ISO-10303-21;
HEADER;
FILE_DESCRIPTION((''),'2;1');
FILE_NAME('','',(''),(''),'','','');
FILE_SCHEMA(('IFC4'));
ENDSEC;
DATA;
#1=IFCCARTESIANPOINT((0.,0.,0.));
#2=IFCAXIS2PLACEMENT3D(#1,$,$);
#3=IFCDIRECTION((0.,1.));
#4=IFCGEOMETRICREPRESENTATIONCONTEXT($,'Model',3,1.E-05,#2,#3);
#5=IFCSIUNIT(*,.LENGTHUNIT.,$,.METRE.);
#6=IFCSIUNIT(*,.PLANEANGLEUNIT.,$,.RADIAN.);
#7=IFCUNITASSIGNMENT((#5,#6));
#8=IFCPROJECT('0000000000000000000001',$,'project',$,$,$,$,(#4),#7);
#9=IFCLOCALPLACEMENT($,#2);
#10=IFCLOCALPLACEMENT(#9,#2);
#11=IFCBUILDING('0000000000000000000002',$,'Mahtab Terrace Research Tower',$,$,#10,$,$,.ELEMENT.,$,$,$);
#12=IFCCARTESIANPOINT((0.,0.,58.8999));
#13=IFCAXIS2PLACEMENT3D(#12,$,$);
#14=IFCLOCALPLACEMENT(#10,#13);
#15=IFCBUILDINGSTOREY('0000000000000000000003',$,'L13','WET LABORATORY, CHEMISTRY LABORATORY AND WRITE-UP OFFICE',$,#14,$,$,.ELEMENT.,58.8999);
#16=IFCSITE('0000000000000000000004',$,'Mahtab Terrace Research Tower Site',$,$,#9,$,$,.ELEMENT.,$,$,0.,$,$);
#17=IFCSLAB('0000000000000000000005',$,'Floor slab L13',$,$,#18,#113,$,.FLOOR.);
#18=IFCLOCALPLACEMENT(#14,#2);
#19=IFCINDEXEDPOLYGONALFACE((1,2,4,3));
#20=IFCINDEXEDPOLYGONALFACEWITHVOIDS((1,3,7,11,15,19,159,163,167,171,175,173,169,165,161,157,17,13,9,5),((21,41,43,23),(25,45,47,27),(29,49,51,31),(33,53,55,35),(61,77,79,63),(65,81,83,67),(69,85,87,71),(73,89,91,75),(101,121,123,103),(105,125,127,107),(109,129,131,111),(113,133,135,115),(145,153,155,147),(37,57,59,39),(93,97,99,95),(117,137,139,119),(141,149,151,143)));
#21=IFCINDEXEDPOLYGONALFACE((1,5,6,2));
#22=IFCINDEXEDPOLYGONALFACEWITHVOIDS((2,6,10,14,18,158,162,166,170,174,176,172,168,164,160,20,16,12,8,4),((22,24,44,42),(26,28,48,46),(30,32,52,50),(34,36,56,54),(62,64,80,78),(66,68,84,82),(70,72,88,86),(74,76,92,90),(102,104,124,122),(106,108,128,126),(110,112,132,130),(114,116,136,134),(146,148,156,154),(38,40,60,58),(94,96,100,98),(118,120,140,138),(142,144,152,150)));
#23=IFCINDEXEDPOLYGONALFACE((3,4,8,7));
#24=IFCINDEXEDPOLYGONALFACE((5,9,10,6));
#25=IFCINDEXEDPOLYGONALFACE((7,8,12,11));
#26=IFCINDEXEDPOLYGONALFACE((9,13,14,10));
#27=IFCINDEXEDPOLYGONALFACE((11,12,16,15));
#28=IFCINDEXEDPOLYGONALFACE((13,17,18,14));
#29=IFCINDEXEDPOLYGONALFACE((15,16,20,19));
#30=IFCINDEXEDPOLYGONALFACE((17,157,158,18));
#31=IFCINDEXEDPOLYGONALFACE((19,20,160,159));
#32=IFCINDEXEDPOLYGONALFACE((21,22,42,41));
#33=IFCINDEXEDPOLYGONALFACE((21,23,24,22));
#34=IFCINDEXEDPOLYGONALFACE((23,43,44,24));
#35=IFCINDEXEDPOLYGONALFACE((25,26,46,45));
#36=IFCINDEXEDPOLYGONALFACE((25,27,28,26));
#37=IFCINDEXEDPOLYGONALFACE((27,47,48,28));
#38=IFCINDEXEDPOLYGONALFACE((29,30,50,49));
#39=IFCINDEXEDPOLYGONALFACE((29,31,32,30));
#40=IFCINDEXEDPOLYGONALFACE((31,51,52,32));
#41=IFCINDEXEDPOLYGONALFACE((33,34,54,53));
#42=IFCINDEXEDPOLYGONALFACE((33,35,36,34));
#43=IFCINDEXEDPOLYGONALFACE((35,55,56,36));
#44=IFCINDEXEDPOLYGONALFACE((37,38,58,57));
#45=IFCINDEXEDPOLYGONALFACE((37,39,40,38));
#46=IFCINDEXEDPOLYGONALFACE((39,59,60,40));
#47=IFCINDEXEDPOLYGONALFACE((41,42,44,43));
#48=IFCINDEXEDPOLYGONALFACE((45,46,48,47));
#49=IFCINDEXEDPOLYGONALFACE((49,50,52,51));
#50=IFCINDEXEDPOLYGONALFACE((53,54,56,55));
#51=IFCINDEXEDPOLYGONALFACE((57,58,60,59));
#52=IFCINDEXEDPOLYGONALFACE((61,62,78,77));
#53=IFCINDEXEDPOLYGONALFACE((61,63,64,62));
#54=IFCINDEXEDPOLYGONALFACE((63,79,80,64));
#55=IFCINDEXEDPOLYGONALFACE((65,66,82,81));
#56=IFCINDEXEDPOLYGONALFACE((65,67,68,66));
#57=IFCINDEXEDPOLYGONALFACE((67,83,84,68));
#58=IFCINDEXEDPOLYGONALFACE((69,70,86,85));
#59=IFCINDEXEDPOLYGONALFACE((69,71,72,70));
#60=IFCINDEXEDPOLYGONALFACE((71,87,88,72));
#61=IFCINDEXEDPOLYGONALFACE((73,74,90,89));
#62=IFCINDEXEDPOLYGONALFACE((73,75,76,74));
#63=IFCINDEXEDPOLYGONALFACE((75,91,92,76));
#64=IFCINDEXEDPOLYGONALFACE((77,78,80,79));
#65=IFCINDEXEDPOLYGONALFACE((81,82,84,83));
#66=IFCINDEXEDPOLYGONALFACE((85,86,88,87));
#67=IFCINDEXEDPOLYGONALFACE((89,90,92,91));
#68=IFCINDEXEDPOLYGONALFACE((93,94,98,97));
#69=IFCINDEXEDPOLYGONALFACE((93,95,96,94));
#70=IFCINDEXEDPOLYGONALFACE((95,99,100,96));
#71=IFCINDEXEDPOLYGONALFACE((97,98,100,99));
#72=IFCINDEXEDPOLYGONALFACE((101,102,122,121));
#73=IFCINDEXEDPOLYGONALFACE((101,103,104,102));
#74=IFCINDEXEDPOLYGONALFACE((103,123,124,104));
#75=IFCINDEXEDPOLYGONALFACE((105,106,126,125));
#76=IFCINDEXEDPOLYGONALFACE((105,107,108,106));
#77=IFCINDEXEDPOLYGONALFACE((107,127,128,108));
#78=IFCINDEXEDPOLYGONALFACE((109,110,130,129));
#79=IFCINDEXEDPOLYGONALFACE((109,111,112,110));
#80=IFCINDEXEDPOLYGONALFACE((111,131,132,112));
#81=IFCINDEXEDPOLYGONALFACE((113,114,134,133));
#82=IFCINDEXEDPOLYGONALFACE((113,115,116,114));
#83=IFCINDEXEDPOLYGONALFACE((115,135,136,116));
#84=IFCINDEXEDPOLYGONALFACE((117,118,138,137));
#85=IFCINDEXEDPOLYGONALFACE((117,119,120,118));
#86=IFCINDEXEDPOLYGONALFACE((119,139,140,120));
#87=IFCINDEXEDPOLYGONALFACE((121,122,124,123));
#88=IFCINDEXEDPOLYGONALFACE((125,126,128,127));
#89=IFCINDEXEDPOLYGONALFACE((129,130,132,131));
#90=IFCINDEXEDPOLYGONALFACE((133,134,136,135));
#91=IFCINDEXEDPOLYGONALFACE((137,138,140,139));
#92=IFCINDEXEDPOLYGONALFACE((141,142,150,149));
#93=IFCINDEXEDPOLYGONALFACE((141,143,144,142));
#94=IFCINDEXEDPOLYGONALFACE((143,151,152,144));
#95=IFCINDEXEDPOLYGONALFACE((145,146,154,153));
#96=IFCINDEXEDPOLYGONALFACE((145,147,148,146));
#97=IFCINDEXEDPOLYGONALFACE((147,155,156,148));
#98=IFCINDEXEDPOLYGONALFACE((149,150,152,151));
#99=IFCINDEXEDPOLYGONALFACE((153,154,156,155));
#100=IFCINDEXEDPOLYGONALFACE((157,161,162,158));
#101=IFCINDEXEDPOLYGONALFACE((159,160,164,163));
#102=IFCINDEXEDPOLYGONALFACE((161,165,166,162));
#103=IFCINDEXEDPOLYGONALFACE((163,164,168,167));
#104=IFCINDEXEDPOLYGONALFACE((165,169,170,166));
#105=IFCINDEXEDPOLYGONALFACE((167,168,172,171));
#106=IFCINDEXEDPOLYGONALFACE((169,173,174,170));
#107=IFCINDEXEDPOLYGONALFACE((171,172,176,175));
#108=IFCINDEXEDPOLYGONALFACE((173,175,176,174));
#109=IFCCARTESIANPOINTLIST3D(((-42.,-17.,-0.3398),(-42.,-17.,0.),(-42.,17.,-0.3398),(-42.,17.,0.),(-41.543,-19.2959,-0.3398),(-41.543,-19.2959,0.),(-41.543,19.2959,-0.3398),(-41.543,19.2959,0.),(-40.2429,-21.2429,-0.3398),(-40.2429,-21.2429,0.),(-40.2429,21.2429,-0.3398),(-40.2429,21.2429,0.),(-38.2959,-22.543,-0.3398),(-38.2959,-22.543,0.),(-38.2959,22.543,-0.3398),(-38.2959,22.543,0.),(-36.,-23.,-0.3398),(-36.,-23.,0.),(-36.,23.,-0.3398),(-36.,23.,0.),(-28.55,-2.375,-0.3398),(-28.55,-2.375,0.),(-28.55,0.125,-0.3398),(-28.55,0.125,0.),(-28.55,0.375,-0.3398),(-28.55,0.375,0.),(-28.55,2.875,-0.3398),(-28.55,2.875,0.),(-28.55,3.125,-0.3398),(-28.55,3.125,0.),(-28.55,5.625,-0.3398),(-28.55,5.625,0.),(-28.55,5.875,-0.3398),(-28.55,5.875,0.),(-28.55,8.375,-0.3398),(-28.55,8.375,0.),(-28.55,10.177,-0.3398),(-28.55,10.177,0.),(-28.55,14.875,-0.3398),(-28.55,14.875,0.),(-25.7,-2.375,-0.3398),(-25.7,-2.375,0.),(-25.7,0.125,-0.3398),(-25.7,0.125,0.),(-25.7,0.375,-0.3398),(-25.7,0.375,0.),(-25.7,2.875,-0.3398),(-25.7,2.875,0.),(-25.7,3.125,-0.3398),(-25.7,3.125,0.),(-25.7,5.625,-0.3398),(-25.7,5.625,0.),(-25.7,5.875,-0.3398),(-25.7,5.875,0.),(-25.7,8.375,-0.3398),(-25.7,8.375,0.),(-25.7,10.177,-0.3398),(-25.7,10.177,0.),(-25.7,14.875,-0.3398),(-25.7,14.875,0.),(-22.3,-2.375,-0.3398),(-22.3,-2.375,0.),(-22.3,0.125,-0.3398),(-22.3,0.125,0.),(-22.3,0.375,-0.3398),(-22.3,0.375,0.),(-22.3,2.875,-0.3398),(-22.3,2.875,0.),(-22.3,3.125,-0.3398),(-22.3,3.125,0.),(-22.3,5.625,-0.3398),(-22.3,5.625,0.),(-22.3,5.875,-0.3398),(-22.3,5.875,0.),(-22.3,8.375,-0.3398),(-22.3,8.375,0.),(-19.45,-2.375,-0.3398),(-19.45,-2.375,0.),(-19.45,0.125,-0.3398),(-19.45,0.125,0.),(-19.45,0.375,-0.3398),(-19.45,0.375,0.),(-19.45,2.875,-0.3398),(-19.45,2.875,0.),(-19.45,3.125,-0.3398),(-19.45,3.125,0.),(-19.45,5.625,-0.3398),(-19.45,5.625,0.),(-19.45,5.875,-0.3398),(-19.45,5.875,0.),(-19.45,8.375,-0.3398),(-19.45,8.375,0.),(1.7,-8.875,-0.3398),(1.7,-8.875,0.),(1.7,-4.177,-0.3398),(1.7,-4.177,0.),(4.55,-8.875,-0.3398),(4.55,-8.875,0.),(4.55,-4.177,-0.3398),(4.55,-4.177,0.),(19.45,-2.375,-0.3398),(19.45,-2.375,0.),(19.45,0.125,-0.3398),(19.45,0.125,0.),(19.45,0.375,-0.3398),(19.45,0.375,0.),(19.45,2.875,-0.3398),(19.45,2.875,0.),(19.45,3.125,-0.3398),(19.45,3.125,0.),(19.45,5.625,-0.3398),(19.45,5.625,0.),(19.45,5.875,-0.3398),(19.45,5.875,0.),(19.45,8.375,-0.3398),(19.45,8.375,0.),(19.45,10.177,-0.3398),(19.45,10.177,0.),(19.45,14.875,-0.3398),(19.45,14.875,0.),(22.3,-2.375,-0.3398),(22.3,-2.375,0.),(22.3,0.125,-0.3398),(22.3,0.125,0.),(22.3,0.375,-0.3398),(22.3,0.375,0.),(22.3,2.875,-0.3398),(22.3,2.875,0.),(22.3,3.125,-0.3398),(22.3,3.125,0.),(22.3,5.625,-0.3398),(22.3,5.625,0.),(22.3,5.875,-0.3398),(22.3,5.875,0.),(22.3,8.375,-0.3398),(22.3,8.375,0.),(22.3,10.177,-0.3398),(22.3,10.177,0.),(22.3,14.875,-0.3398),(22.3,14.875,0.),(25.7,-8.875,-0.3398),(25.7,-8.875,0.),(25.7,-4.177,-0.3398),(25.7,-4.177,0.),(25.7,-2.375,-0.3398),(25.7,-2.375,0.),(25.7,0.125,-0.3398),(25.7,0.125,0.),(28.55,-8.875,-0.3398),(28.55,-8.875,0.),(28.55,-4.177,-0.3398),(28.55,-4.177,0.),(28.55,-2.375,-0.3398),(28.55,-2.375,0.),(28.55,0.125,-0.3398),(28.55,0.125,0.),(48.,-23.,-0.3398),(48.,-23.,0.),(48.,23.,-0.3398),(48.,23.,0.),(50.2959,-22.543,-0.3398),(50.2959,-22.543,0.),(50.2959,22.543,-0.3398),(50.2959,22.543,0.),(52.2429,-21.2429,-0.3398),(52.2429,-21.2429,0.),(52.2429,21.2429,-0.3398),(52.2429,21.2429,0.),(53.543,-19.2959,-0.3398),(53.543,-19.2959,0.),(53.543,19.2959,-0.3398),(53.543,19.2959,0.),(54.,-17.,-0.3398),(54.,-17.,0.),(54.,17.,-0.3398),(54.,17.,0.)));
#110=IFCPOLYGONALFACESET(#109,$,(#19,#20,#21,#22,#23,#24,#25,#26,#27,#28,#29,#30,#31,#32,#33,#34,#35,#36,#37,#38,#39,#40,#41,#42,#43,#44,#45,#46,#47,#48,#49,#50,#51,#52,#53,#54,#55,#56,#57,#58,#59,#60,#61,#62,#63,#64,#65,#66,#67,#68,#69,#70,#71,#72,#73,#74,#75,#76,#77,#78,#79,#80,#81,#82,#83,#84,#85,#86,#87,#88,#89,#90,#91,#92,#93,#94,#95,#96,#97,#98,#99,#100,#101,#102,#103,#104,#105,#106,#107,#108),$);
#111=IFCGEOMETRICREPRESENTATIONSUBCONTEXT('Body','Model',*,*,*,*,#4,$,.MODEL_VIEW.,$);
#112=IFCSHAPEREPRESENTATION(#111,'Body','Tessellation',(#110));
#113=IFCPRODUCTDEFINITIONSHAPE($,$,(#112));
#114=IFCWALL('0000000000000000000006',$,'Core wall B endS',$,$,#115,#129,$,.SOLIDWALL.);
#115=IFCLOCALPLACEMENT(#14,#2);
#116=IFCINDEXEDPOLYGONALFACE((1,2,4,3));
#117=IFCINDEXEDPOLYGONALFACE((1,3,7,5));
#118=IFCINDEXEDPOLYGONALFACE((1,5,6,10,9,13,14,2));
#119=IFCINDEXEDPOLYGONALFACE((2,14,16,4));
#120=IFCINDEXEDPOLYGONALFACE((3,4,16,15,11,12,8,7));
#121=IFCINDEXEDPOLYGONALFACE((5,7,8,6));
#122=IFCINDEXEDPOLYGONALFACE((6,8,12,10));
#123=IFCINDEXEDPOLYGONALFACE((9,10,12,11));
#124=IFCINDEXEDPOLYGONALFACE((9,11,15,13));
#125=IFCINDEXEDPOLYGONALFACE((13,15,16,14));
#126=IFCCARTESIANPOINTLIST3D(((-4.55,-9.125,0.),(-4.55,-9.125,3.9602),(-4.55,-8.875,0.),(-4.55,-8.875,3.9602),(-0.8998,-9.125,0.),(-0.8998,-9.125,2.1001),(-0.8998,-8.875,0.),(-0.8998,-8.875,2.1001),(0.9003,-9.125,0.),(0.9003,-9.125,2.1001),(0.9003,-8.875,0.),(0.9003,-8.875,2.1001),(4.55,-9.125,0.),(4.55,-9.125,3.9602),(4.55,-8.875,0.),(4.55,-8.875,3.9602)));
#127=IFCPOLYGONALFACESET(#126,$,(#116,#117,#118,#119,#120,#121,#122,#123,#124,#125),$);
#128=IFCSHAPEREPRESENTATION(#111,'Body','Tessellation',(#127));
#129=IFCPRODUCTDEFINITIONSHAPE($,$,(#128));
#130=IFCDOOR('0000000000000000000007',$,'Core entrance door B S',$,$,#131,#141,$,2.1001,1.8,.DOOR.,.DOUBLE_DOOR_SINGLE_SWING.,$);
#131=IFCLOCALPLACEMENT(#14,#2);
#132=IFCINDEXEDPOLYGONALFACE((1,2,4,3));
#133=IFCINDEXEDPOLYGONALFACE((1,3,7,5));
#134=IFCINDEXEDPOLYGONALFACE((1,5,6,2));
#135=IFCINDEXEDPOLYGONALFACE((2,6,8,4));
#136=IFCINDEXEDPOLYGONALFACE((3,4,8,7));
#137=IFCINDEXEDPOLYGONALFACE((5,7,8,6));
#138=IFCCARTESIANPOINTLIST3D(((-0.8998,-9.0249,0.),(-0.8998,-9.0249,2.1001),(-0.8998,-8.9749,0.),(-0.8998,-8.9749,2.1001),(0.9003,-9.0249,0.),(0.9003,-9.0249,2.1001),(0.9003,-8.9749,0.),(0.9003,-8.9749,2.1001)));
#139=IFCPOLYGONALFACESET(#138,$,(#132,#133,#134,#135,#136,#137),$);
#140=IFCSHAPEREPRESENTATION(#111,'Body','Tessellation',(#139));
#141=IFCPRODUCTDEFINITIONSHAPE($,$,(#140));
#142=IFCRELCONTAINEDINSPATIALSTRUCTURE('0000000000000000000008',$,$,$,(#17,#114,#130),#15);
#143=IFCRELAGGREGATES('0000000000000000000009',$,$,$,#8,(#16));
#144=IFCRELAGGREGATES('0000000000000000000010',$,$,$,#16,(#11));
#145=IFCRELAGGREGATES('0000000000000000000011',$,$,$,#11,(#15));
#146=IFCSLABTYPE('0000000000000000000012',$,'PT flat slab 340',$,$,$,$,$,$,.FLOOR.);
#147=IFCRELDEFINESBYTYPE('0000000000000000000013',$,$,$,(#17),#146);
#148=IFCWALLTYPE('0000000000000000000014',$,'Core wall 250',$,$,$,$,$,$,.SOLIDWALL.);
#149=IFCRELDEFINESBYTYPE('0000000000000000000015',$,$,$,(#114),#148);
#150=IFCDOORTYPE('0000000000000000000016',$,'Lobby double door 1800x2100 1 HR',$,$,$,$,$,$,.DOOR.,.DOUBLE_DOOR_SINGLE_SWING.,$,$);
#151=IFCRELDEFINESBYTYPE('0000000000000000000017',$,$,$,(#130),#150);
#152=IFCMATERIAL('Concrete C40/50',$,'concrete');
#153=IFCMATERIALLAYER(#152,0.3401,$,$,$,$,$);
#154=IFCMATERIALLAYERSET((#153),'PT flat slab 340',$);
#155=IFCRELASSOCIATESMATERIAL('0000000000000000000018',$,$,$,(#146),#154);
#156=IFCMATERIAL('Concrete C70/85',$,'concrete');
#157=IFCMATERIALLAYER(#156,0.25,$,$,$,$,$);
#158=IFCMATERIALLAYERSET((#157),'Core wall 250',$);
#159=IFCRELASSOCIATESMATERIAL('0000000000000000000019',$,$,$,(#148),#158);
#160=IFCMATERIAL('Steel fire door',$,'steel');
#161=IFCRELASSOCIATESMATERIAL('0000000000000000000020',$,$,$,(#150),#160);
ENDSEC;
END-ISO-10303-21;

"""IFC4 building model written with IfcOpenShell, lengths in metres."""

from ifc_helpers import new_model, si_unit, direction, frame, frame_2d, origin, place, context, subcontext, project, spatial, polyline, rectangle, outline, extrude, material, layer, layer_set, type_object, element, fill, save


model = new_model("IFC4")

# Units and contexts
model_context = context("Model", 3, precision=1e-05, world=origin(), true_north=direction((0.0, 1.0)))
body_context = subcontext(model_context, "Body", "Model", "MODEL_VIEW")
ifc_project = project(units=[si_unit("LENGTHUNIT", "METRE"), si_unit("PLANEANGLEUNIT", "RADIAN")], contexts=[model_context])

# Site, building, storey
site_placement = place(None, origin())
site = spatial("IfcSite", under=ifc_project, at=site_placement, Name="Mahtab Terrace Research Tower Site", CompositionType="ELEMENT", RefElevation=0.0)
building_placement = place(site_placement, origin())
building = spatial("IfcBuilding", under=site, at=building_placement, Name="Mahtab Terrace Research Tower", CompositionType="ELEMENT")
storey_placement = place(building_placement, frame((0.0, 0.0, 58.8999)))
storey = spatial("IfcBuildingStorey", under=building, at=storey_placement, Name="L13", Description="WET LABORATORY, CHEMISTRY LABORATORY AND WRITE-UP OFFICE", CompositionType="ELEMENT", Elevation=58.8999)

# Slab
ifc_material_1 = material(Name="Concrete C40/50", Category="concrete")
ifc_layer_1 = layer(ifc_material_1, 0.3401)
ifc_layer_set_1 = layer_set([ifc_layer_1], Name="PT flat slab 340")
slab_type = type_object("IfcSlabType", Name="PT flat slab 340", PredefinedType="FLOOR", material=ifc_layer_set_1)
slab_placement = place(storey_placement, frame((0.0, 0.0, -0.3398)))
element("IfcSlab", 1, at=slab_placement, inside=storey, type_object=slab_type, Name="Floor slab L13", PredefinedType="FLOOR", context=body_context, shape_type="SweptSolid", body=[
    extrude(outline(polyline([(53.543, 19.2959), (52.2429, 21.2429), (50.2959, 22.543), (48.0, 23.0), (-36.0, 23.0), (-38.2959, 22.543), (-40.2429, 21.2429), (-41.543, 19.2959), (-42.0, 17.0), (-42.0, -17.0), (-41.543, -19.2959), (-40.2429, -21.2429), (-38.2959, -22.543), (-36.0, -23.0), (48.0, -23.0), (50.2959, -22.543), (52.2429, -21.2429), (53.543, -19.2959), (54.0, -17.0), (54.0, 17.0), (53.543, 19.2959)]), holes=[polyline([(-28.55, -2.375), (-28.55, 0.125), (-25.7, 0.125), (-25.7, -2.375), (-28.55, -2.375)]), polyline([(-22.3, -2.375), (-22.3, 0.125), (-19.45, 0.125), (-19.45, -2.375), (-22.3, -2.375)]), polyline([(-28.55, 0.375), (-28.55, 2.875), (-25.7, 2.875), (-25.7, 0.375), (-28.55, 0.375)]), polyline([(-22.3, 0.375), (-22.3, 2.875), (-19.45, 2.875), (-19.45, 0.375), (-22.3, 0.375)]), polyline([(-28.55, 3.125), (-28.55, 5.625), (-25.7, 5.625), (-25.7, 3.125), (-28.55, 3.125)]), polyline([(-22.3, 3.125), (-22.3, 5.625), (-19.45, 5.625), (-19.45, 3.125), (-22.3, 3.125)]), polyline([(-28.55, 5.875), (-28.55, 8.375), (-25.7, 8.375), (-25.7, 5.875), (-28.55, 5.875)]), polyline([(-22.3, 5.875), (-22.3, 8.375), (-19.45, 8.375), (-19.45, 5.875), (-22.3, 5.875)]), polyline([(-28.55, 10.177), (-28.55, 14.875), (-25.7, 14.875), (-25.7, 10.177), (-28.55, 10.177)]), polyline([(1.7, -8.875), (1.7, -4.177), (4.55, -4.177), (4.55, -8.875), (1.7, -8.875)]), polyline([(25.7, -8.875), (25.7, -4.177), (28.55, -4.177), (28.55, -8.875), (25.7, -8.875)]), polyline([(19.45, -2.375), (19.45, 0.125), (22.3, 0.125), (22.3, -2.375), (19.45, -2.375)]), polyline([(25.7, -2.375), (25.7, 0.125), (28.55, 0.125), (28.55, -2.375), (25.7, -2.375)]), polyline([(19.45, 0.375), (19.45, 2.875), (22.3, 2.875), (22.3, 0.375), (19.45, 0.375)]), polyline([(19.45, 3.125), (19.45, 5.625), (22.3, 5.625), (22.3, 3.125), (19.45, 3.125)]), polyline([(19.45, 8.375), (22.3, 8.375), (22.3, 5.875), (19.45, 5.875), (19.45, 8.375)]), polyline([(19.45, 14.875), (22.3, 14.875), (22.3, 10.177), (19.45, 10.177), (19.45, 14.875)])]), origin(), (0.0, 0.0, 1.0), 0.3398),
])

# Wall, opening, door
ifc_material_2 = material(Name="Concrete C70/85", Category="concrete")
ifc_layer_2 = layer(ifc_material_2, 0.25)
ifc_layer_set_2 = layer_set([ifc_layer_2], Name="Core wall 250")
wall_type_1 = type_object("IfcWallType", Name="Core wall 250", PredefinedType="SOLIDWALL", material=ifc_layer_set_2)
wall_1_placement = place(storey_placement, frame((4.55, -9.0, 0.0), z_axis=(0.0, 0.0, 1.0), x_axis=(-1.0, 0.0, 0.0)))
wall_1 = element("IfcWall", 2, at=wall_1_placement, inside=storey, type_object=wall_type_1, Name="Core wall B endS", PredefinedType="SOLIDWALL", context=body_context, shape_type="SweptSolid", body=[
    extrude(rectangle(XDim=9.1001, YDim=0.25, at=frame_2d((4.55, 0.0))), origin(), (0.0, 0.0, 1.0), 3.9602),
])
opening_1_placement = place(wall_1_placement, frame((3.6499, 0.0, 0.0)))
opening_1 = element("IfcOpeningElement", 3, at=opening_1_placement, cuts=wall_1, PredefinedType="OPENING", context=body_context, shape_type="SweptSolid", body=[
    extrude(rectangle(XDim=1.8, YDim=2.1001, at=frame_2d((0.8999, 1.05))), frame((0.0, 0.135, 0.0), z_axis=(0.0, -1.0, 0.0), x_axis=(1.0, 0.0, 0.0)), (0.0, 0.0, 1.0), 0.27),
])
ifc_material_3 = material(Name="Steel fire door", Category="steel")
door_type_1 = type_object("IfcDoorType", Name="Lobby double door 1800x2100 1 HR", OperationType="DOUBLE_DOOR_SINGLE_SWING", PredefinedType="DOOR", material=ifc_material_3)
door_1_placement = place(opening_1_placement, origin())
door_1 = element("IfcDoor", 4, at=door_1_placement, inside=storey, type_object=door_type_1, Name="Core entrance door B S", OperationType="DOUBLE_DOOR_SINGLE_SWING", OverallHeight=2.1001, OverallWidth=1.8, PredefinedType="DOOR", context=body_context, shape_type="SweptSolid", body=[
    extrude(rectangle(XDim=1.8, YDim=2.1001, at=frame_2d((0.8999, 1.05))), frame((0.0, 0.0249, 0.0), z_axis=(0.0, -1.0, 0.0), x_axis=(1.0, 0.0, 0.0)), (0.0, 0.0, 1.0), 0.05),
])
fill(opening_1, door_1)

save(model, "model.ifc")
